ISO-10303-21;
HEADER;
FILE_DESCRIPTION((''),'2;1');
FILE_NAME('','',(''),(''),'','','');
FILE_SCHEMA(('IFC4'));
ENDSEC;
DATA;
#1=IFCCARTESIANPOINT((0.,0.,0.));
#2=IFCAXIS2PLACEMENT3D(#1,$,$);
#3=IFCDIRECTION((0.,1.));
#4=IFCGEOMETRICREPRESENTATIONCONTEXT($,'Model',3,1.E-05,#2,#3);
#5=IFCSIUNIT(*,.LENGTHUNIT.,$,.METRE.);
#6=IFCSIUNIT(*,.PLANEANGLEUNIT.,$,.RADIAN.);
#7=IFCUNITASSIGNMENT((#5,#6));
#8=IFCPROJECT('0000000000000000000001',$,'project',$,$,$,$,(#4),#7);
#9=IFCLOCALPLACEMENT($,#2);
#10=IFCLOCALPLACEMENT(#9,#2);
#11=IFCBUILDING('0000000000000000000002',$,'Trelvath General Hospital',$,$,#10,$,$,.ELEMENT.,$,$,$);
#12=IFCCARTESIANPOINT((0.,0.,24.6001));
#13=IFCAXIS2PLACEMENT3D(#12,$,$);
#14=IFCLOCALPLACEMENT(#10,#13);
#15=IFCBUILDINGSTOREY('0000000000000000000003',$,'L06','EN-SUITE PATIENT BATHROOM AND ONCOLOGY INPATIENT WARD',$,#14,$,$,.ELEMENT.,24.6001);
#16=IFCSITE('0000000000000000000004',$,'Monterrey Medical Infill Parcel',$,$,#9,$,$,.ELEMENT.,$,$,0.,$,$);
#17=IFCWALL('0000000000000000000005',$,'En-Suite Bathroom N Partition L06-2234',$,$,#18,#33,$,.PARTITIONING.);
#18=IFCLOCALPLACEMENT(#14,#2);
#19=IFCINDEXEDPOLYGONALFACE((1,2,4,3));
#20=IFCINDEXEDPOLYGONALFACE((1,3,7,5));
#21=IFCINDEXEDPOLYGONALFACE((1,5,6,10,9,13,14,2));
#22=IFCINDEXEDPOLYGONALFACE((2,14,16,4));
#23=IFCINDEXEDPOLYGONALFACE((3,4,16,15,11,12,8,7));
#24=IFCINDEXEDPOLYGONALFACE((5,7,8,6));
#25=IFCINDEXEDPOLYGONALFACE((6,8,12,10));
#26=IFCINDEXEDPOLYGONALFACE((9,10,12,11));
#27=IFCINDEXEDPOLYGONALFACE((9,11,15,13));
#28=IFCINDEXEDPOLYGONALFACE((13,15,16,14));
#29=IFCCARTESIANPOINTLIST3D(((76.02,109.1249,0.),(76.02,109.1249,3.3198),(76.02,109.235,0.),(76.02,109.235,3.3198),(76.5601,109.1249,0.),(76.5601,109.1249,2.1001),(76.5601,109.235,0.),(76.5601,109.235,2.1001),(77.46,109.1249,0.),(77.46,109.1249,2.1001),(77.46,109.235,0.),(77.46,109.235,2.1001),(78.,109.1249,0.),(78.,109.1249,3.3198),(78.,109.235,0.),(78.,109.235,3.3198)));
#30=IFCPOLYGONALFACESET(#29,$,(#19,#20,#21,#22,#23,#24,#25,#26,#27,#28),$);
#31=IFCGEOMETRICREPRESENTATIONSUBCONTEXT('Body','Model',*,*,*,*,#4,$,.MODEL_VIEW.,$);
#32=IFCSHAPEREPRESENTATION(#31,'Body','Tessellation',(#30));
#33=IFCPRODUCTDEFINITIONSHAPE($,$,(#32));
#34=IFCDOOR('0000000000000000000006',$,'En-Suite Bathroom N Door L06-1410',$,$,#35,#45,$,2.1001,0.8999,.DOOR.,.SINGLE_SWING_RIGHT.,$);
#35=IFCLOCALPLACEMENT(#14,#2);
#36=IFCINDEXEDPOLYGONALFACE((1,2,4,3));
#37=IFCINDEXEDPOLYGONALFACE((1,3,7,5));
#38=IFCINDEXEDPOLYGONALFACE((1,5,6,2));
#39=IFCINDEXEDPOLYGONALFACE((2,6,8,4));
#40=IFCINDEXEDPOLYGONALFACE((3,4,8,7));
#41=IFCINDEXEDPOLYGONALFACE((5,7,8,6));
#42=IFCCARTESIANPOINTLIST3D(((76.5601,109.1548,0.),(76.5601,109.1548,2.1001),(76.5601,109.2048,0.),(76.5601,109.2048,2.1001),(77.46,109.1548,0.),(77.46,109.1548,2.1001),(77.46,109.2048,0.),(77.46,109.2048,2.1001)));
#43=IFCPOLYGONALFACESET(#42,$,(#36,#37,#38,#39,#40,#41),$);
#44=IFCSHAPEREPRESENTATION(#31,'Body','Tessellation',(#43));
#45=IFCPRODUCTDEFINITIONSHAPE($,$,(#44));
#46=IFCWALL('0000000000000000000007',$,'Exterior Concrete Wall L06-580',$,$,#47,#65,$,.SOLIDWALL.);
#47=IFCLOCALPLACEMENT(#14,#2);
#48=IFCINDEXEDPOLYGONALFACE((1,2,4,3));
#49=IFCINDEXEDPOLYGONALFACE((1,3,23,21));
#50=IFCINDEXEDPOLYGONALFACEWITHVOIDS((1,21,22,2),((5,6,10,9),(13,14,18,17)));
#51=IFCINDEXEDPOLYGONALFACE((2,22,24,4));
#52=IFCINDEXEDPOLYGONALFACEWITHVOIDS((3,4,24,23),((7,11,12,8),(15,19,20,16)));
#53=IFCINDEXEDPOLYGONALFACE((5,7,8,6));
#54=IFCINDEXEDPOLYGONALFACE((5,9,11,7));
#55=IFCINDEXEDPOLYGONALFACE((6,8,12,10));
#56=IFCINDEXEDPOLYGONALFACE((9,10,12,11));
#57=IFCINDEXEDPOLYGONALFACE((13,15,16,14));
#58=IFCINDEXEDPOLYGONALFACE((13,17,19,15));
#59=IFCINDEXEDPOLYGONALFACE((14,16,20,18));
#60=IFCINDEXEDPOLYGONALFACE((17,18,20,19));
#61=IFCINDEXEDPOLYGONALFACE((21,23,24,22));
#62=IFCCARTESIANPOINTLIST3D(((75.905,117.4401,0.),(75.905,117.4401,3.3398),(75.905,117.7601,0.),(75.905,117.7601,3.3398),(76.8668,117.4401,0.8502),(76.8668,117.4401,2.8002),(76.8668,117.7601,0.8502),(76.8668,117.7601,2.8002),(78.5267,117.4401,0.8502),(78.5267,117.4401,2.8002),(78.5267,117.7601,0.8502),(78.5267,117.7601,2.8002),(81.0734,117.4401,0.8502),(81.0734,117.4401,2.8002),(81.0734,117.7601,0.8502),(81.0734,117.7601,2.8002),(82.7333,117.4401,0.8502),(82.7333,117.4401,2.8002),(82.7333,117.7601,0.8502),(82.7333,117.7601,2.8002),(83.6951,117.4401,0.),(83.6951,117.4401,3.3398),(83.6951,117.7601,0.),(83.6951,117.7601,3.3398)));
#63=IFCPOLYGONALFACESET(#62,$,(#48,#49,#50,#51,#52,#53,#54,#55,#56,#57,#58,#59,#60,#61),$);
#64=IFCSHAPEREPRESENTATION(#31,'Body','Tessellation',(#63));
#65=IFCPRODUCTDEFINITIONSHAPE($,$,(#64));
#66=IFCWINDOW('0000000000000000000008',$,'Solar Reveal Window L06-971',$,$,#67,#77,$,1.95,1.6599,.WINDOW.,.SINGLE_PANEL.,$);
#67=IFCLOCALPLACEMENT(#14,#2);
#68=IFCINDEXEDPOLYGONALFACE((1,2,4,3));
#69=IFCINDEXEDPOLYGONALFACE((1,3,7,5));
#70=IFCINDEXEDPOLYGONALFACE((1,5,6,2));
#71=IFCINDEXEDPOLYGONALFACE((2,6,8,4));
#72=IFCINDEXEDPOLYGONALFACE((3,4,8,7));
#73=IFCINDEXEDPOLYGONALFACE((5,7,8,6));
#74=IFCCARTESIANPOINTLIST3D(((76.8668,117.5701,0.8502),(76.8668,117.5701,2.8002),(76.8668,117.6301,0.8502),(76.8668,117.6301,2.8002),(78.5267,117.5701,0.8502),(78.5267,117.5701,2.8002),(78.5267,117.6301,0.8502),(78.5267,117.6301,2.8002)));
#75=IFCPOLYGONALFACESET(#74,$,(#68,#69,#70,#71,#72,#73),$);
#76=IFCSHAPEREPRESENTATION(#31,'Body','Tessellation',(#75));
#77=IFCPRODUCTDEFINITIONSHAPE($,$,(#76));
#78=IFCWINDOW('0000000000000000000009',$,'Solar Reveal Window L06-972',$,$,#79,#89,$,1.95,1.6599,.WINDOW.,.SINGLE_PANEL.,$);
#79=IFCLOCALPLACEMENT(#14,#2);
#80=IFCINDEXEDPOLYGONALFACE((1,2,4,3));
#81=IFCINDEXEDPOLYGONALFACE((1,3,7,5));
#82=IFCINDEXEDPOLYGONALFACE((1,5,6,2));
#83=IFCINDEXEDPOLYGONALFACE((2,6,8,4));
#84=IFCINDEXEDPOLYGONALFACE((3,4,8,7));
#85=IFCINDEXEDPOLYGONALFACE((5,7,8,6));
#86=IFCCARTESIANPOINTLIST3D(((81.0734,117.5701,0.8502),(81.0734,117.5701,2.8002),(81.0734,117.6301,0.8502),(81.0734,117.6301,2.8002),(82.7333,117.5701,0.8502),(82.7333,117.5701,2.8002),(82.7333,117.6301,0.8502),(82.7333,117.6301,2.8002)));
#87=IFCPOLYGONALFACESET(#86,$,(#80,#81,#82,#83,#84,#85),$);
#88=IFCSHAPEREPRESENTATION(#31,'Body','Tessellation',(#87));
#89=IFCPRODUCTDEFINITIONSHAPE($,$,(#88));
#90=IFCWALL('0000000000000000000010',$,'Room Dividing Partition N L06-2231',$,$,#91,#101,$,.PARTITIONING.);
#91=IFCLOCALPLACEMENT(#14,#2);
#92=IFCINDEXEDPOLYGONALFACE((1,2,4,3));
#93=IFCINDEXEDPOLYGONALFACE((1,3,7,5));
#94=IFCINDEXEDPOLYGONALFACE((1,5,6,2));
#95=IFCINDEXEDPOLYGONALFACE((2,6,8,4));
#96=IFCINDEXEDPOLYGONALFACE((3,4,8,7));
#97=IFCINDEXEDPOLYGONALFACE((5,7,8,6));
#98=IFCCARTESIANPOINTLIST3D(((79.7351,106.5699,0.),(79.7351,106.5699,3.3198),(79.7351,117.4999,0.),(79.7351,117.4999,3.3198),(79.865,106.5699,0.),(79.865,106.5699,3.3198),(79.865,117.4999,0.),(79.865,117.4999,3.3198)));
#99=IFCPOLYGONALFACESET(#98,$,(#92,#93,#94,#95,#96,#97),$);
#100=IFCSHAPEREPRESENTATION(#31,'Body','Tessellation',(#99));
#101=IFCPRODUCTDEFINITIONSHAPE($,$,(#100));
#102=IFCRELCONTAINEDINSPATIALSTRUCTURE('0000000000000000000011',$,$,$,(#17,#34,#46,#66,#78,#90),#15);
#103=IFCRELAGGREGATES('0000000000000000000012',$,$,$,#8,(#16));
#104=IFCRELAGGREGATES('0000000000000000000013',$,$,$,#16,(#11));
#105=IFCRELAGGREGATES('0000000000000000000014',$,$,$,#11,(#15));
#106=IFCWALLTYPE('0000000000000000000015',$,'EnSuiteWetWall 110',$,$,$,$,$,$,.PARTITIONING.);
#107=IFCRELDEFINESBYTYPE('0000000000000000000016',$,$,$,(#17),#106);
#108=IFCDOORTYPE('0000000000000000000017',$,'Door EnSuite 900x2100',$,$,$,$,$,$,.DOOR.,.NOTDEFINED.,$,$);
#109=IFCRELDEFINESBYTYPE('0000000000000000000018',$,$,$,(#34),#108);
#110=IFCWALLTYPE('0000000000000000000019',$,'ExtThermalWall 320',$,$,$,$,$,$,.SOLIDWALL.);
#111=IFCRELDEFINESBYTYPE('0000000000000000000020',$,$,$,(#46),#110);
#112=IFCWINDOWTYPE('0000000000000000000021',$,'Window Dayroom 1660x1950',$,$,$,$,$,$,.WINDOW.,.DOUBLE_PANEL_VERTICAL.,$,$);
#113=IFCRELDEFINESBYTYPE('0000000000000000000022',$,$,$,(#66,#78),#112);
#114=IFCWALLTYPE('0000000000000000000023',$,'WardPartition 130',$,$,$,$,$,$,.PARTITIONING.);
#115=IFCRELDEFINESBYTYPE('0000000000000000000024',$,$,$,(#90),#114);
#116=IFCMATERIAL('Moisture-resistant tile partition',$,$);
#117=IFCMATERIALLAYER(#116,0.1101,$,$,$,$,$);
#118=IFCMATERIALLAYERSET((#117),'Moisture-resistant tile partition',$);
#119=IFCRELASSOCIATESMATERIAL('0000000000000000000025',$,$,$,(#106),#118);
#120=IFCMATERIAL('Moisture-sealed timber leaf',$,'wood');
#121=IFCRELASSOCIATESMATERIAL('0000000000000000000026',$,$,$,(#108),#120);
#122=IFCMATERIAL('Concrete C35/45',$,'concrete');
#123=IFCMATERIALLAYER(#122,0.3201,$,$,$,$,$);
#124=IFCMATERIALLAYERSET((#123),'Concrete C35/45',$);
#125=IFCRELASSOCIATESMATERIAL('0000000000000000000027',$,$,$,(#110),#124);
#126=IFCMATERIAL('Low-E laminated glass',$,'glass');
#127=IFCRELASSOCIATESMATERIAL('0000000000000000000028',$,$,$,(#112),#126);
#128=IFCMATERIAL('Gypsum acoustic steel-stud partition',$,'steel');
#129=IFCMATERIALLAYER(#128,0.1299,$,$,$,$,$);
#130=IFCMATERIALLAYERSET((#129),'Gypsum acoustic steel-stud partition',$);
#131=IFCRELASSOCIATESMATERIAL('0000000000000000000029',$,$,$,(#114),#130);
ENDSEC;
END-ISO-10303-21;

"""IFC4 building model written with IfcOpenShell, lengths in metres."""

from ifc_helpers import new_model, si_unit, direction, frame, frame_2d, origin, place, context, subcontext, project, spatial, rectangle, extrude, material, layer, layer_set, type_object, element, fill, save


model = new_model("IFC4")

# Units and contexts
model_context = context("Model", 3, precision=1e-05, world=origin(), true_north=direction((0.0, 1.0)))
body_context = subcontext(model_context, "Body", "Model", "MODEL_VIEW")
ifc_project = project(units=[si_unit("LENGTHUNIT", "METRE"), si_unit("PLANEANGLEUNIT", "RADIAN")], contexts=[model_context])

# Site, building, storey
site_placement = place(None, origin())
site = spatial("IfcSite", under=ifc_project, at=site_placement, Name="Monterrey Medical Infill Parcel", CompositionType="ELEMENT", RefElevation=0.0)
building_placement = place(site_placement, origin())
building = spatial("IfcBuilding", under=site, at=building_placement, Name="Trelvath General Hospital", CompositionType="ELEMENT")
storey_placement = place(building_placement, frame((0.0, 0.0, 24.6001)))
storey = spatial("IfcBuildingStorey", under=building, at=storey_placement, Name="L06", Description="EN-SUITE PATIENT BATHROOM AND ONCOLOGY INPATIENT WARD", CompositionType="ELEMENT", Elevation=24.6001)

# Shared definitions
ifc_material_1 = material(Name="Moisture-resistant tile partition")
ifc_layer_1 = layer(ifc_material_1, 0.1101)
ifc_layer_set_1 = layer_set([ifc_layer_1], Name="Moisture-resistant tile partition")
wall_type_1 = type_object("IfcWallType", Name="EnSuiteWetWall 110", PredefinedType="PARTITIONING", material=ifc_layer_set_1)

# Shared definitions
ifc_material_2 = material(Name="Moisture-sealed timber leaf", Category="wood")
door_type = type_object("IfcDoorType", Name="Door EnSuite 900x2100", OperationType="NOTDEFINED", PredefinedType="DOOR", material=ifc_material_2)

# Wall, opening, door
wall_1_placement = place(storey_placement, frame((76.02, 109.1799, 0.0), z_axis=(0.0, 0.0, 1.0), x_axis=(1.0, 0.0, 0.0)))
wall_1 = element("IfcWall", 1, at=wall_1_placement, inside=storey, type_object=wall_type_1, Name="En-Suite Bathroom N Partition L06-2234", PredefinedType="PARTITIONING", context=body_context, shape_type="SweptSolid", body=[
    extrude(rectangle(XDim=1.98, YDim=0.1101, at=frame_2d((0.99, 0.0))), origin(), (0.0, 0.0, 1.0), 3.3198),
])
opening_1_placement = place(wall_1_placement, frame((0.54, 0.0, 0.0)))
opening_1 = element("IfcOpeningElement", 2, at=opening_1_placement, cuts=wall_1, PredefinedType="OPENING", context=body_context, shape_type="SweptSolid", body=[
    extrude(rectangle(XDim=0.8999, YDim=2.1001, at=frame_2d((0.45, 1.05))), frame((0.0, 0.0649, 0.0), z_axis=(0.0, -1.0, 0.0), x_axis=(1.0, 0.0, 0.0)), (0.0, 0.0, 1.0), 0.1301),
])
door_1_placement = place(opening_1_placement, origin())
door_1 = element("IfcDoor", 3, at=door_1_placement, inside=storey, type_object=door_type, Name="En-Suite Bathroom N Door L06-1410", OperationType="SINGLE_SWING_RIGHT", OverallHeight=2.1001, OverallWidth=0.8999, PredefinedType="DOOR", context=body_context, shape_type="SweptSolid", body=[
    extrude(rectangle(XDim=0.8999, YDim=2.1001, at=frame_2d((0.45, 1.05))), frame((0.0, 0.0249, 0.0), z_axis=(0.0, -1.0, 0.0), x_axis=(1.0, 0.0, 0.0)), (0.0, 0.0, 1.0), 0.05),
])
fill(opening_1, door_1)

# Wall, openings, windows
ifc_material_3 = material(Name="Concrete C35/45", Category="concrete")
ifc_layer_2 = layer(ifc_material_3, 0.3201)
ifc_layer_set_2 = layer_set([ifc_layer_2], Name="Concrete C35/45")
wall_type_2 = type_object("IfcWallType", Name="ExtThermalWall 320", PredefinedType="SOLIDWALL", material=ifc_layer_set_2)
wall_2_placement = place(storey_placement, frame((75.905, 117.6001, 0.0), z_axis=(0.0, 0.0, 1.0), x_axis=(1.0, 0.0, 0.0)))
wall_2 = element("IfcWall", 4, at=wall_2_placement, inside=storey, type_object=wall_type_2, Name="Exterior Concrete Wall L06-580", PredefinedType="SOLIDWALL", context=body_context, shape_type="SweptSolid", body=[
    extrude(rectangle(XDim=7.79, YDim=0.3201, at=frame_2d((3.895, 0.0))), origin(), (0.0, 0.0, 1.0), 3.3398),
])
opening_2_placement = place(wall_2_placement, frame((0.9617, 0.0, 0.8501)))
opening_2 = element("IfcOpeningElement", 5, at=opening_2_placement, cuts=wall_2, PredefinedType="OPENING", context=body_context, shape_type="SweptSolid", body=[
    extrude(rectangle(XDim=1.6599, YDim=1.95, at=frame_2d((0.8301, 0.9751))), frame((0.0, 0.1699, 0.0), z_axis=(0.0, -1.0, 0.0), x_axis=(1.0, 0.0, 0.0)), (0.0, 0.0, 1.0), 0.3401),
])
opening_3_placement = place(wall_2_placement, frame((5.1682, 0.0, 0.8501)))
opening_3 = element("IfcOpeningElement", 6, at=opening_3_placement, cuts=wall_2, PredefinedType="OPENING", context=body_context, shape_type="SweptSolid", body=[
    extrude(rectangle(XDim=1.6599, YDim=1.95, at=frame_2d((0.8301, 0.9751))), frame((0.0, 0.1699, 0.0), z_axis=(0.0, -1.0, 0.0), x_axis=(1.0, 0.0, 0.0)), (0.0, 0.0, 1.0), 0.3401),
])
ifc_material_4 = material(Name="Low-E laminated glass", Category="glass")
window_type = type_object("IfcWindowType", Name="Window Dayroom 1660x1950", PartitioningType="DOUBLE_PANEL_VERTICAL", PredefinedType="WINDOW", material=ifc_material_4)
window_1_placement = place(opening_2_placement, origin())
window_1 = element("IfcWindow", 7, at=window_1_placement, inside=storey, type_object=window_type, Name="Solar Reveal Window L06-971", OverallHeight=1.95, OverallWidth=1.6599, PartitioningType="SINGLE_PANEL", PredefinedType="WINDOW", context=body_context, shape_type="SweptSolid", body=[
    extrude(rectangle(XDim=1.6599, YDim=1.95, at=frame_2d((0.8301, 0.9751))), frame((0.0, 0.03, 0.0), z_axis=(0.0, -1.0, 0.0), x_axis=(1.0, 0.0, 0.0)), (0.0, 0.0, 1.0), 0.0601),
])
fill(opening_2, window_1)
window_2_placement = place(opening_3_placement, origin())
window_2 = element("IfcWindow", 8, at=window_2_placement, inside=storey, type_object=window_type, Name="Solar Reveal Window L06-972", OverallHeight=1.95, OverallWidth=1.6599, PartitioningType="SINGLE_PANEL", PredefinedType="WINDOW", context=body_context, shape_type="SweptSolid", body=[
    extrude(rectangle(XDim=1.6599, YDim=1.95, at=frame_2d((0.8301, 0.9751))), frame((0.0, 0.03, 0.0), z_axis=(0.0, -1.0, 0.0), x_axis=(1.0, 0.0, 0.0)), (0.0, 0.0, 1.0), 0.0601),
])
fill(opening_3, window_2)

# Wall
ifc_material_5 = material(Name="Gypsum acoustic steel-stud partition", Category="steel")
ifc_layer_3 = layer(ifc_material_5, 0.1299)
ifc_layer_set_3 = layer_set([ifc_layer_3], Name="Gypsum acoustic steel-stud partition")
wall_type_3 = type_object("IfcWallType", Name="WardPartition 130", PredefinedType="PARTITIONING", material=ifc_layer_set_3)
wall_3_placement = place(storey_placement, frame((79.8, 106.5701, 0.0), z_axis=(0.0, 0.0, 1.0), x_axis=(0.0, 1.0, 0.0)))
element("IfcWall", 9, at=wall_3_placement, inside=storey, type_object=wall_type_3, Name="Room Dividing Partition N L06-2231", PredefinedType="PARTITIONING", context=body_context, shape_type="SweptSolid", body=[
    extrude(rectangle(XDim=10.9299, YDim=0.1299, at=frame_2d((5.4648, 0.0))), origin(), (0.0, 0.0, 1.0), 3.3198),
])

save(model, "model.ifc")
